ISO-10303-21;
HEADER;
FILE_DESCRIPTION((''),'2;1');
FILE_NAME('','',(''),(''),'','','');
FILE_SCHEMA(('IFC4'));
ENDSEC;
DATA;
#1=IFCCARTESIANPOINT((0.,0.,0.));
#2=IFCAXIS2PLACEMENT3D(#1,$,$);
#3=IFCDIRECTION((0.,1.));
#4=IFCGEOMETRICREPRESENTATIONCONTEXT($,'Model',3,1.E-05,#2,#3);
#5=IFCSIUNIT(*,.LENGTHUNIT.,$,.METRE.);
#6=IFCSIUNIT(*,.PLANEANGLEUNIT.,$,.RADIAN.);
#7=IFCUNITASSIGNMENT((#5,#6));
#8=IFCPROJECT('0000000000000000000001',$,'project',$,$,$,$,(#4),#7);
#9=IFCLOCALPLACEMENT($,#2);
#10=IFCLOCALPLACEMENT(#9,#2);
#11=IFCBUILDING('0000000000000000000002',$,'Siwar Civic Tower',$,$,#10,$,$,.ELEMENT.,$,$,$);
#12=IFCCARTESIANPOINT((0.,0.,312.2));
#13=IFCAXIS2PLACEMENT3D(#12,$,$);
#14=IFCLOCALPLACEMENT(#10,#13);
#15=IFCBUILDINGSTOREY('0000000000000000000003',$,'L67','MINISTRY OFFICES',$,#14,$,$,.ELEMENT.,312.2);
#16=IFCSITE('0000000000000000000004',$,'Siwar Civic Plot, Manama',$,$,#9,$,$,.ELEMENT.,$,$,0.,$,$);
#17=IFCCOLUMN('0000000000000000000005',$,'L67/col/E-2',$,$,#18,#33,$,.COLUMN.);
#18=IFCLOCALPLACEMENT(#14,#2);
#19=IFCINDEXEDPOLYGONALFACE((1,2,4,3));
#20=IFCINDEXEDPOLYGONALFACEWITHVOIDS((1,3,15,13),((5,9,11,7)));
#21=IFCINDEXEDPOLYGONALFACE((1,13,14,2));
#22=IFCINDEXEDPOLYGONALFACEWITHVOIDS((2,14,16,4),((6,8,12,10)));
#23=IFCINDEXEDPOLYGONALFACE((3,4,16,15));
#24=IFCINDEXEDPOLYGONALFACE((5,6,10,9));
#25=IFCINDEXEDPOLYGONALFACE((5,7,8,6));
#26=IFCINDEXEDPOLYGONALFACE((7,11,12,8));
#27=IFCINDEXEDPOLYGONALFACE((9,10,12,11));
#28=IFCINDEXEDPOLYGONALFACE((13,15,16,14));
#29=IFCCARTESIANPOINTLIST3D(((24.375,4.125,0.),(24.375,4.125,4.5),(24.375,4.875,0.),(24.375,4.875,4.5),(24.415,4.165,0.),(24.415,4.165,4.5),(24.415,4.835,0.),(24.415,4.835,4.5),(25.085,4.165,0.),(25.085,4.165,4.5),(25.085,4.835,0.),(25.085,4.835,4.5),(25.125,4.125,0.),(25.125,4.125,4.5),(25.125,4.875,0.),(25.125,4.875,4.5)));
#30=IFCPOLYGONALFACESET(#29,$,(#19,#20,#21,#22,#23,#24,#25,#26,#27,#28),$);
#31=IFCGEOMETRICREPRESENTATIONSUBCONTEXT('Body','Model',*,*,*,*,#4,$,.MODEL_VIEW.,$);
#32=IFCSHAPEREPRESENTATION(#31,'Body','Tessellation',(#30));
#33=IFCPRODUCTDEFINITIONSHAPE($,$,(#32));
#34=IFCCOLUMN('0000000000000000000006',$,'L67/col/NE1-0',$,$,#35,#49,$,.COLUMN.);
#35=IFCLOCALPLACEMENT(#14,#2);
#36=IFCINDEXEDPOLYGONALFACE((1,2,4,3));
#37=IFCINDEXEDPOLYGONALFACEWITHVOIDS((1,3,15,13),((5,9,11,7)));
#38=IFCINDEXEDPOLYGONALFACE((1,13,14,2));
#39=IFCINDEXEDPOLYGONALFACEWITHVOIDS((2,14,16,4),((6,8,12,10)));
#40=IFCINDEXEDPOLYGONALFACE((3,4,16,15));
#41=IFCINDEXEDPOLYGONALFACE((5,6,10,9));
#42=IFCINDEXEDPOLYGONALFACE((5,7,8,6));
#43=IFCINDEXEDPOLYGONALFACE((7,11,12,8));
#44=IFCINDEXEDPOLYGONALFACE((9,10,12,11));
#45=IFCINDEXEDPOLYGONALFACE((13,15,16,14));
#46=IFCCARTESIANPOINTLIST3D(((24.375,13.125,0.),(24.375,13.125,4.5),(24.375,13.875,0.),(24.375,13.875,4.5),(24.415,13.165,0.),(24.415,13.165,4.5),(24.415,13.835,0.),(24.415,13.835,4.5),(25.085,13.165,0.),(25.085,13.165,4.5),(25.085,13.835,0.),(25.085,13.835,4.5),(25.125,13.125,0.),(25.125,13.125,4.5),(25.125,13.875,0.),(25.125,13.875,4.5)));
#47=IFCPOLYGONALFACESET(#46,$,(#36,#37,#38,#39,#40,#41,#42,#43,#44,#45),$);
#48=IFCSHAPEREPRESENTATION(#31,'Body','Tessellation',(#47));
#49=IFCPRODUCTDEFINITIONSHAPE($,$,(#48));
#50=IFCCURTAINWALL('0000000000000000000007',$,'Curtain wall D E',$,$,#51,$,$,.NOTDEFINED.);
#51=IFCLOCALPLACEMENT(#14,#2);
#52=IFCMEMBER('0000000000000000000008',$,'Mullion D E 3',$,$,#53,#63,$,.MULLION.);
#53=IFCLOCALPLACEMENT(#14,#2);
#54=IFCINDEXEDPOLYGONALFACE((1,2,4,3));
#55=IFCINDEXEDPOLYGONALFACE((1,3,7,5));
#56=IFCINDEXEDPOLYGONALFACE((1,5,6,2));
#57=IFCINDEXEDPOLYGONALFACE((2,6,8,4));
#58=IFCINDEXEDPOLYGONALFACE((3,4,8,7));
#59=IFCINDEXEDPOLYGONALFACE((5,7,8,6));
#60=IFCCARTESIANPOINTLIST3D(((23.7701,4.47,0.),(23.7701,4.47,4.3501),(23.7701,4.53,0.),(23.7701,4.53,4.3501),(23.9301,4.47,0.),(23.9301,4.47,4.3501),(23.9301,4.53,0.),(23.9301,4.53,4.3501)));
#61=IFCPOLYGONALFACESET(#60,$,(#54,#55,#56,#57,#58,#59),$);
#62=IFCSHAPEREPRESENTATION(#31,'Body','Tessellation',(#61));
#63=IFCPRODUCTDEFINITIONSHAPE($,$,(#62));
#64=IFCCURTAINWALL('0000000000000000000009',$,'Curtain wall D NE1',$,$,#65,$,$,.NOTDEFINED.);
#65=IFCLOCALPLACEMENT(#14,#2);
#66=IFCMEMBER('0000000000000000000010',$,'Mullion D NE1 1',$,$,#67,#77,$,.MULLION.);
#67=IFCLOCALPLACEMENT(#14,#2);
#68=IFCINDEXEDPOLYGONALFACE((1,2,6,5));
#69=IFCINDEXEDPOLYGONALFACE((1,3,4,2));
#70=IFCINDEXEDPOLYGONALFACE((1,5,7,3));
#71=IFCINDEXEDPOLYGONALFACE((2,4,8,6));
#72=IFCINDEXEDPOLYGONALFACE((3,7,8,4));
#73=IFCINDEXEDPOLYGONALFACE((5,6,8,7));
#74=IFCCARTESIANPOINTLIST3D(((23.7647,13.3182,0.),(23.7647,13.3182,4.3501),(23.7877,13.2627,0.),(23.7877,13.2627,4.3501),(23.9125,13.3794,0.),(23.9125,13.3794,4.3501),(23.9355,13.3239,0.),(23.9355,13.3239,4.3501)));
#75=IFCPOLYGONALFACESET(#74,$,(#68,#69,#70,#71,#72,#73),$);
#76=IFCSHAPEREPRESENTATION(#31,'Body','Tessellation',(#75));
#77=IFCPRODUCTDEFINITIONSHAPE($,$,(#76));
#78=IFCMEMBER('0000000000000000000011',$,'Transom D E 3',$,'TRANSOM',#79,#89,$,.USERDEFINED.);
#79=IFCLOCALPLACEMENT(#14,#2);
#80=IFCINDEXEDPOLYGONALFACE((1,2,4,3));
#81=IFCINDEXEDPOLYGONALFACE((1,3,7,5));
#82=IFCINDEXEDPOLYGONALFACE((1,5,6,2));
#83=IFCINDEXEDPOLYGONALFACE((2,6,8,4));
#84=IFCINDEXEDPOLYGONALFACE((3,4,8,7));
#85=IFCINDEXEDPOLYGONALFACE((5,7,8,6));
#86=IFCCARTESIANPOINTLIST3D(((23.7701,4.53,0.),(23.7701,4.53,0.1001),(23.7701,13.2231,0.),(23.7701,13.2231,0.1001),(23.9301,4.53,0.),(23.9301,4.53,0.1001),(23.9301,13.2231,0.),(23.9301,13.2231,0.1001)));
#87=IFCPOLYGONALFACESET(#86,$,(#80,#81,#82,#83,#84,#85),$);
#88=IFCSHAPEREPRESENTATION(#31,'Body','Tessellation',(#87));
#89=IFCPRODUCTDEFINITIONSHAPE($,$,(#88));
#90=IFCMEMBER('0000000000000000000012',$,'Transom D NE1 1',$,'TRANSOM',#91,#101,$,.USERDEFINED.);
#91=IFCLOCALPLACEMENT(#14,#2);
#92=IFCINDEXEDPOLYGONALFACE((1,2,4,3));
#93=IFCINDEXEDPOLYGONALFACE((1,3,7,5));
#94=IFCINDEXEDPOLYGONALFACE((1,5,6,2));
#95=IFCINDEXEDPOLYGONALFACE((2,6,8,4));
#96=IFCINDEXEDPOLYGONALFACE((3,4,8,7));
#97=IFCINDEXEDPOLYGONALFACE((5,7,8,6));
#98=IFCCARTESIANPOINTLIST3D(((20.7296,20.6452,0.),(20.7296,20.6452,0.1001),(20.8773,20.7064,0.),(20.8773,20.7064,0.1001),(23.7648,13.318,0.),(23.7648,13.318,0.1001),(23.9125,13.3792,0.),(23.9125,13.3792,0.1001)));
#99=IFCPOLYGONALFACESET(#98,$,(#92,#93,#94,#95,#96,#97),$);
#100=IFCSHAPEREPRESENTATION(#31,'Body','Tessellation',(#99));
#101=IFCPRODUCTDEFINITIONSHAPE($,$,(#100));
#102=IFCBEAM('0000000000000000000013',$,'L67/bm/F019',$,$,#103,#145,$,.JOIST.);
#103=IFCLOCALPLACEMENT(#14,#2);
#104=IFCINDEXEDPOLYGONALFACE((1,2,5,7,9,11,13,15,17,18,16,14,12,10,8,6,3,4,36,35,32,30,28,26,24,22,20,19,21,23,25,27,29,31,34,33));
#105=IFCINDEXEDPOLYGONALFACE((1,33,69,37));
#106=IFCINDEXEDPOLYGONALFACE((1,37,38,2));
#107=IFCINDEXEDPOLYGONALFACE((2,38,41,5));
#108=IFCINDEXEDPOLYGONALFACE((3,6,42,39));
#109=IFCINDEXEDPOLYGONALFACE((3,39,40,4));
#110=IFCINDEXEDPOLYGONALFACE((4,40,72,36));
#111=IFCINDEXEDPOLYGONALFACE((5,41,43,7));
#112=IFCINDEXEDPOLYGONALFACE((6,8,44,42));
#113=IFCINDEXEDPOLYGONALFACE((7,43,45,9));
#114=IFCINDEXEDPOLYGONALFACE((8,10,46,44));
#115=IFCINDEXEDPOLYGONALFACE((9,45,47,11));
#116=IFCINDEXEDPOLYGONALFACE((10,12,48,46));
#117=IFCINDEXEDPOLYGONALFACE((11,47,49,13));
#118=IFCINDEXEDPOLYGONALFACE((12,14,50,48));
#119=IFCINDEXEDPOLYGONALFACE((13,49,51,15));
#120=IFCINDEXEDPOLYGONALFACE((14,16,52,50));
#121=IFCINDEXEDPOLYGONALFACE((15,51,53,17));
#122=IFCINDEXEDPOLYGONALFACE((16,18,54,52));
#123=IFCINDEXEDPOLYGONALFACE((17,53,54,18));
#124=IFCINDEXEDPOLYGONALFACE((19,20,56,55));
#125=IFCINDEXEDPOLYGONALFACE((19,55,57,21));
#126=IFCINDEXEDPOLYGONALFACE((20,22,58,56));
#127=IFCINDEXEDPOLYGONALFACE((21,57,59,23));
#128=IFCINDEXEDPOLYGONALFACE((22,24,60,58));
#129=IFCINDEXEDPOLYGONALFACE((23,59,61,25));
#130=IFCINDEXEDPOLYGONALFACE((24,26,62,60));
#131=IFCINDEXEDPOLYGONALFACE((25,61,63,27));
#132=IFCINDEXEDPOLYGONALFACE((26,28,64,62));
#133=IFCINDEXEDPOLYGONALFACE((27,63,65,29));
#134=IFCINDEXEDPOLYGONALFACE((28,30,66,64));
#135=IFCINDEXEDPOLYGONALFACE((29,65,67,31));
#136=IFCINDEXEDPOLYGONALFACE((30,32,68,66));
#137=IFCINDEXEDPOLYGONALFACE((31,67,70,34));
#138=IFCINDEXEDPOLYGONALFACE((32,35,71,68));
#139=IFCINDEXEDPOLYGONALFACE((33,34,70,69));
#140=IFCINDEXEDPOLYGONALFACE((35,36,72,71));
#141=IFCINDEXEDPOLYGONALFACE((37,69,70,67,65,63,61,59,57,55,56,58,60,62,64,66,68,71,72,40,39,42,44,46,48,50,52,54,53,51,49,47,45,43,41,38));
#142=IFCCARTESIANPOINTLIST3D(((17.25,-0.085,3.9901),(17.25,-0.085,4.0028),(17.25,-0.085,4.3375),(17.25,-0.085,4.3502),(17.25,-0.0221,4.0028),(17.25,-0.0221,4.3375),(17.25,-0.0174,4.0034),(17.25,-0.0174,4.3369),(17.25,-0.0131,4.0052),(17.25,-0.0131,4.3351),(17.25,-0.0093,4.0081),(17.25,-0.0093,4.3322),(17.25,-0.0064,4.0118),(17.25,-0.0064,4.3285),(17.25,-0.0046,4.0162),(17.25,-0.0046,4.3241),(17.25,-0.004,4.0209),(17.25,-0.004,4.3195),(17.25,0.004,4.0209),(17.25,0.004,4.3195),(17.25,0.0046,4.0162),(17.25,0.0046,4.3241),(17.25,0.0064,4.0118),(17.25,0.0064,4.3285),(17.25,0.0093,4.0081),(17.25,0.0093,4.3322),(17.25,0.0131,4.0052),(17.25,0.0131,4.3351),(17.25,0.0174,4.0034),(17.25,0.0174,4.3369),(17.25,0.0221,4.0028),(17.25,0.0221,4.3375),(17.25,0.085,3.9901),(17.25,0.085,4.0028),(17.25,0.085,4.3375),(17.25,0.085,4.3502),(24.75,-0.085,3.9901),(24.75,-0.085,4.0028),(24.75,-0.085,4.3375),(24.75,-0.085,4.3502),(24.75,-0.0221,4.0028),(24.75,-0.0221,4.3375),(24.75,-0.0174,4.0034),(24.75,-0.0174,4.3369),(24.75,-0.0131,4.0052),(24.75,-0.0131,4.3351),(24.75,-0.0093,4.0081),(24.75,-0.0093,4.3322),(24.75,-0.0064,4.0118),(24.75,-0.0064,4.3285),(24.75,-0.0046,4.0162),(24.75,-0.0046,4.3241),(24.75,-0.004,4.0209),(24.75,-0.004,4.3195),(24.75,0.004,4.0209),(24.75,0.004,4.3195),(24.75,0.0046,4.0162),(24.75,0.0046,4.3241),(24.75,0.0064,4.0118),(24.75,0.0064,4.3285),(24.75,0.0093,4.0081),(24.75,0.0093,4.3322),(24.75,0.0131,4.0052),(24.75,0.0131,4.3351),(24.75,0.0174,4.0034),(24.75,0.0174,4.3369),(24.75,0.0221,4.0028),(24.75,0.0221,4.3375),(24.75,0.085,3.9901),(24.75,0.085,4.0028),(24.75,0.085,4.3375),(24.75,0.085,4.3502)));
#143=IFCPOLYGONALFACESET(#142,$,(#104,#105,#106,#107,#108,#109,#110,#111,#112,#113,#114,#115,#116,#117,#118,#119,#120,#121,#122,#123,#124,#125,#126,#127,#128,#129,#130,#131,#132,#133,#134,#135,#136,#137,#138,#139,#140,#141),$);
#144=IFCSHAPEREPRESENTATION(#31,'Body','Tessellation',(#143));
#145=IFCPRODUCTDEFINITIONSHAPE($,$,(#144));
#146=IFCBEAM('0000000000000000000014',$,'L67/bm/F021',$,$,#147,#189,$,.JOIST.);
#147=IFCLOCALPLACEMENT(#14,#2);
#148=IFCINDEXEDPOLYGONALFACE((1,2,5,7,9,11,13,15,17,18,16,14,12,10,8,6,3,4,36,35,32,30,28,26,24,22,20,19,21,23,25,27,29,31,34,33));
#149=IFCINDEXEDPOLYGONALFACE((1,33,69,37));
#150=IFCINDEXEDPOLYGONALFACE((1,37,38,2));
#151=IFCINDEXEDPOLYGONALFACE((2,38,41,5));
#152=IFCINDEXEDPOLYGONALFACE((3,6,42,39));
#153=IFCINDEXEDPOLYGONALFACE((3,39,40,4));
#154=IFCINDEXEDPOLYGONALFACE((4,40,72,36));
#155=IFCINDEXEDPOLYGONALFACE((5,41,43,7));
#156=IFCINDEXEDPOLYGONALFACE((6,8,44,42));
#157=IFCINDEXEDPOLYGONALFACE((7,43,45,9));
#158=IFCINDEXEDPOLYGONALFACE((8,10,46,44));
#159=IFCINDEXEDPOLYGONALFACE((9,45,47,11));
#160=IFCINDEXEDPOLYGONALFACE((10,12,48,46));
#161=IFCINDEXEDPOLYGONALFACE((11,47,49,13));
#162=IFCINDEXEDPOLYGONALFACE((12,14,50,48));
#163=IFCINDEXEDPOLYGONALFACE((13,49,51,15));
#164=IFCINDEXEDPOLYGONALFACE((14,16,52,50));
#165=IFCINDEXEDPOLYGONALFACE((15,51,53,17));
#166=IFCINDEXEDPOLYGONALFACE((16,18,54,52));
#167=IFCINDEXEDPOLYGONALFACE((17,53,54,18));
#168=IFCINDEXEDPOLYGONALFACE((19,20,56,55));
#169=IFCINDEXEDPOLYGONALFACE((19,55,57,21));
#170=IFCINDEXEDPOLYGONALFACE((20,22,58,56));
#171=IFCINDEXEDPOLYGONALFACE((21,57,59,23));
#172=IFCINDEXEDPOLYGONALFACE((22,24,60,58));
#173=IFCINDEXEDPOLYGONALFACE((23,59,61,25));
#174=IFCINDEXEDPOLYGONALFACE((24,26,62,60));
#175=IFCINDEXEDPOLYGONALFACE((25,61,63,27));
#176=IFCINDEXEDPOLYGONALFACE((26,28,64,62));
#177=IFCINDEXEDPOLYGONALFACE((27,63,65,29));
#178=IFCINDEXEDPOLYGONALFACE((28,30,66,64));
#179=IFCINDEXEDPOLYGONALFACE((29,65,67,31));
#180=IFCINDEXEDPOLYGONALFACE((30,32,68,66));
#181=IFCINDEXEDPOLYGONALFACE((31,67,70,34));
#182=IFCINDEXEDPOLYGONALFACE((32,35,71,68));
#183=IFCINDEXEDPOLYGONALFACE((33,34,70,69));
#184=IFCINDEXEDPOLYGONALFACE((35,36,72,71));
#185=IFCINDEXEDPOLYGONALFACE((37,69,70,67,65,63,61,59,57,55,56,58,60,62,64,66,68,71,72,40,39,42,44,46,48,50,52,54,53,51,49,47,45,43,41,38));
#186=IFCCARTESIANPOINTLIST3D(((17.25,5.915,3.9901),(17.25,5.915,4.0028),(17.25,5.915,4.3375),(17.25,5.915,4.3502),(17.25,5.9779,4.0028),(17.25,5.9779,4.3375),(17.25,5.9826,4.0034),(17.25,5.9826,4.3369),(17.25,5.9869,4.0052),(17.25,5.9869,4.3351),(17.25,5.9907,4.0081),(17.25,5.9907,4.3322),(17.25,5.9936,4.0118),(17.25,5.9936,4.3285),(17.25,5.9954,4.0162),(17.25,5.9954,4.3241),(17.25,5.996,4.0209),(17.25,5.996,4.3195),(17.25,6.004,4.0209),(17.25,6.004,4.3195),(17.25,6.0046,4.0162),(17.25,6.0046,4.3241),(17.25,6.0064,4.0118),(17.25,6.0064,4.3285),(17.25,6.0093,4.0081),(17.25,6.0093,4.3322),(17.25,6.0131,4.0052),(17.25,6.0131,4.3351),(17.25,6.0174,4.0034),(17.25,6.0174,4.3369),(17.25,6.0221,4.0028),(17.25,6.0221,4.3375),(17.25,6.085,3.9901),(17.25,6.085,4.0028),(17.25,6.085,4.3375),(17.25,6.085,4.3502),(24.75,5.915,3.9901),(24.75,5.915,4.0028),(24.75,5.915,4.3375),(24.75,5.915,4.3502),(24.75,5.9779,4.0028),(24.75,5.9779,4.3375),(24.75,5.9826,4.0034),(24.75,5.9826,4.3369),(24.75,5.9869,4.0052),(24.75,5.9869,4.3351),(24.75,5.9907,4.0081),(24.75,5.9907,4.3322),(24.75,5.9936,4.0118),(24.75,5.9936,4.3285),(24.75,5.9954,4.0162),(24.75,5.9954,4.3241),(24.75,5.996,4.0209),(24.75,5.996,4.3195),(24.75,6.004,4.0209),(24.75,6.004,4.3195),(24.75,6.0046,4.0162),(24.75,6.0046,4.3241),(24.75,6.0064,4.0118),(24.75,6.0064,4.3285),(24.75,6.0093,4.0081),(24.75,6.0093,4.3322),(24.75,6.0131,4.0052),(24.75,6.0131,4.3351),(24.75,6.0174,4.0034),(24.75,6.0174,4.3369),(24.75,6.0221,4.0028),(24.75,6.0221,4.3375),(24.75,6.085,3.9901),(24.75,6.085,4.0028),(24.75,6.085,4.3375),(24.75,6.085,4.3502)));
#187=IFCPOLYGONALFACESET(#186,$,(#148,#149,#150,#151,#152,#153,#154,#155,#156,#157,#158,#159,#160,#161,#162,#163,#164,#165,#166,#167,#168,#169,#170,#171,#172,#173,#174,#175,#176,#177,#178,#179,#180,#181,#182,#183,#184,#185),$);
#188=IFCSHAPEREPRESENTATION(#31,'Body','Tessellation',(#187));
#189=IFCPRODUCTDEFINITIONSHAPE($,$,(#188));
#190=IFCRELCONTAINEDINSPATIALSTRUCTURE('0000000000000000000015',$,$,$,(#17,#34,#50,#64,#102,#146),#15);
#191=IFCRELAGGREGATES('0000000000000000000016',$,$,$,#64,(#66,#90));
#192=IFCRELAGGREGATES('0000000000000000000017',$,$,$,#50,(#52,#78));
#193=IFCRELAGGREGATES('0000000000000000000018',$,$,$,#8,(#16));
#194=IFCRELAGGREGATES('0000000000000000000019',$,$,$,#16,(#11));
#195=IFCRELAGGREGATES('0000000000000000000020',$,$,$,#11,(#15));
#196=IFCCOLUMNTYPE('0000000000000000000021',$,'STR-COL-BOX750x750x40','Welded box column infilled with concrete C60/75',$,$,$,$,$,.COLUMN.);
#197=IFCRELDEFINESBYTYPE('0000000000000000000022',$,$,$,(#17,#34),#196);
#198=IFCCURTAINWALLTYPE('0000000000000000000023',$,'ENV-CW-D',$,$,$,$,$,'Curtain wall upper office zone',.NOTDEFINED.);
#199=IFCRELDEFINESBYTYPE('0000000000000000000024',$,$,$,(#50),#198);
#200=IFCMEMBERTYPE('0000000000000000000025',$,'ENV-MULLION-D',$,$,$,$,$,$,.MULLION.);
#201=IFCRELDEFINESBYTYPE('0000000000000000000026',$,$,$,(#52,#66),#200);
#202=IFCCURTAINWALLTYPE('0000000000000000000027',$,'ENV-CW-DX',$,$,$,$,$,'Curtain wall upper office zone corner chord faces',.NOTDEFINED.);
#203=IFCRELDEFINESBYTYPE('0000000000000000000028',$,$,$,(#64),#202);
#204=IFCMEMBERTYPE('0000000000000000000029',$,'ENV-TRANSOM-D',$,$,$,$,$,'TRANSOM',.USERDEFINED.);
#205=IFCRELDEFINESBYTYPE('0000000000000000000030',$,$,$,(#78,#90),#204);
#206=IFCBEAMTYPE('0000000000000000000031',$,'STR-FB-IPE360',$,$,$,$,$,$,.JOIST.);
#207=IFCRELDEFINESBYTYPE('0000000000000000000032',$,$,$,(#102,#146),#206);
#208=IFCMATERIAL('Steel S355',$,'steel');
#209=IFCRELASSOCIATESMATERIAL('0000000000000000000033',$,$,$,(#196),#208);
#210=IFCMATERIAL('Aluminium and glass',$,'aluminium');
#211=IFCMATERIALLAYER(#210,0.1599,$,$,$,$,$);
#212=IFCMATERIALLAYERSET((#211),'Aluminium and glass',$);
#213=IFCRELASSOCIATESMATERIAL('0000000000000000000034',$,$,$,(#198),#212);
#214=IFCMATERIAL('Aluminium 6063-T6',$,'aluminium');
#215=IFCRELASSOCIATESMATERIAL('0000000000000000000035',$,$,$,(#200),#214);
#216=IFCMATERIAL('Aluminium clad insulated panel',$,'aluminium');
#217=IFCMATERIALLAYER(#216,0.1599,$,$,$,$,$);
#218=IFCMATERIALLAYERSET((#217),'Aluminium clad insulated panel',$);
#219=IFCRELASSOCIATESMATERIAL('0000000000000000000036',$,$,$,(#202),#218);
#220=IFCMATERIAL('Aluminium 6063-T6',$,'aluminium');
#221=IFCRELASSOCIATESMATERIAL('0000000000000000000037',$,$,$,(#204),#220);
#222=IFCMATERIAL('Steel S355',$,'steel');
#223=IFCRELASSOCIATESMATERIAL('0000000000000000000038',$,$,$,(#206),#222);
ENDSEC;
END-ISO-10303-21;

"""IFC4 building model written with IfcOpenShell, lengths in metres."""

from ifc_helpers import new_model, si_unit, direction, frame, origin, origin_2d, place, context, subcontext, project, spatial, rectangle, hollow_rectangle, i_section, extrude, material, layer, layer_set, material_profile, profile_set, type_object, element, aggregate, save


model = new_model("IFC4")

# Units and contexts
model_context = context("Model", 3, precision=1e-05, world=origin(), true_north=direction((0.0, 1.0)))
body_context = subcontext(model_context, "Body", "Model", "MODEL_VIEW")
ifc_project = project(units=[si_unit("LENGTHUNIT", "METRE"), si_unit("PLANEANGLEUNIT", "RADIAN")], contexts=[model_context])

# Site, building, storey
site_placement = place(None, origin())
site = spatial("IfcSite", under=ifc_project, at=site_placement, Name="Siwar Civic Plot, Manama", CompositionType="ELEMENT", RefElevation=0.0)
building_placement = place(site_placement, origin())
building = spatial("IfcBuilding", under=site, at=building_placement, Name="Siwar Civic Tower", CompositionType="ELEMENT")
storey_placement = place(building_placement, frame((0.0, 0.0, 312.2)))
storey = spatial("IfcBuildingStorey", under=building, at=storey_placement, Name="L67", Description="MINISTRY OFFICES", CompositionType="ELEMENT", Elevation=312.2)

# Columns
ifc_material_1 = material(Name="Steel S355", Category="steel")
ifc_material_profile_1 = material_profile(ifc_material_1, hollow_rectangle(XDim=0.75, YDim=0.75, WallThickness=0.04, at=origin_2d()), Name="BOX750x750x40")
ifc_profile_set_1 = profile_set([ifc_material_profile_1], Name="Steel S355")
column_type = type_object("IfcColumnType", Name="STR-COL-BOX750x750x40", Description="Welded box column infilled with concrete C60/75", PredefinedType="COLUMN", material=ifc_profile_set_1)
for number, where, z_axis, x_axis, name in (
    (1, (24.75, 4.5, 0.0), (0.0, 0.0, 1.0), (1.0, 0.0, 0.0), "L67/col/E-2"),
    (2, (24.75, 13.5, 0.0), (0.0, 0.0, 1.0), (1.0, 0.0, 0.0), "L67/col/NE1-0"),
):
    element("IfcColumn", number, at=place(storey_placement, frame(where, z_axis=z_axis, x_axis=x_axis)), inside=storey, type_object=column_type, Name=name, PredefinedType="COLUMN", context=body_context, shape_type="SweptSolid", body=[
        extrude(hollow_rectangle(XDim=0.75, YDim=0.75, WallThickness=0.04, at=origin_2d()), origin(), (0.0, 0.0, 1.0), 4.5),
    ])

# Curtain walls, members
ifc_material_2 = material(Name="Aluminium and glass", Category="aluminium")
ifc_layer_1 = layer(ifc_material_2, 0.1599)
ifc_layer_set_1 = layer_set([ifc_layer_1], Name="Aluminium and glass")
curtain_wall_type_1 = type_object("IfcCurtainWallType", Name="ENV-CW-D", ElementType="Curtain wall upper office zone", PredefinedType="NOTDEFINED", material=ifc_layer_set_1)
curtain_wall_1_placement = place(storey_placement, origin())
curtain_wall_1 = element("IfcCurtainWall", 3, at=curtain_wall_1_placement, inside=storey, type_object=curtain_wall_type_1, Name="Curtain wall D E", PredefinedType="NOTDEFINED")
ifc_material_3 = material(Name="Aluminium 6063-T6", Category="aluminium")
ifc_material_profile_2 = material_profile(ifc_material_3, rectangle(XDim=0.1599, YDim=0.0601, at=origin_2d()), Name="AL 160x60")
ifc_profile_set_2 = profile_set([ifc_material_profile_2], Name="Aluminium 6063-T6")
member_type_1 = type_object("IfcMemberType", Name="ENV-MULLION-D", PredefinedType="MULLION", material=ifc_profile_set_2)
member_1_placement = place(storey_placement, frame((23.8501, 4.5, 0.0), z_axis=(0.0, 0.0, 1.0), x_axis=(-1.0, 0.0, 0.0)))
member_1 = element("IfcMember", 4, at=member_1_placement, type_object=member_type_1, Name="Mullion D E 3", PredefinedType="MULLION", context=body_context, shape_type="SweptSolid", body=[
    extrude(rectangle(XDim=0.1599, YDim=0.0601, at=origin_2d()), origin(), (0.0, 0.0, 1.0), 4.3501),
])
ifc_material_4 = material(Name="Aluminium clad insulated panel", Category="aluminium")
ifc_layer_2 = layer(ifc_material_4, 0.1599)
ifc_layer_set_2 = layer_set([ifc_layer_2], Name="Aluminium clad insulated panel")
curtain_wall_type_2 = type_object("IfcCurtainWallType", Name="ENV-CW-DX", ElementType="Curtain wall upper office zone corner chord faces", PredefinedType="NOTDEFINED", material=ifc_layer_set_2)
curtain_wall_2_placement = place(storey_placement, origin())
curtain_wall_2 = element("IfcCurtainWall", 5, at=curtain_wall_2_placement, inside=storey, type_object=curtain_wall_type_2, Name="Curtain wall D NE1", PredefinedType="NOTDEFINED")
member_2_placement = place(storey_placement, frame((23.8501, 13.321, 0.0), z_axis=(0.0, 0.0, 1.0), x_axis=(-0.92388, -0.382683, 0.0)))
member_2 = element("IfcMember", 6, at=member_2_placement, type_object=member_type_1, Name="Mullion D NE1 1", PredefinedType="MULLION", context=body_context, shape_type="SweptSolid", body=[
    extrude(rectangle(XDim=0.1599, YDim=0.0601, at=origin_2d()), origin(), (0.0, 0.0, 1.0), 4.3501),
])

# Members
ifc_material_5 = material(Name="Aluminium 6063-T6", Category="aluminium")
ifc_material_profile_3 = material_profile(ifc_material_5, rectangle(XDim=0.1599, YDim=0.1001, at=origin_2d()), Name="AL 160x100")
ifc_profile_set_3 = profile_set([ifc_material_profile_3], Name="Aluminium 6063-T6")
member_type_2 = type_object("IfcMemberType", Name="ENV-TRANSOM-D", ElementType="TRANSOM", PredefinedType="USERDEFINED", material=ifc_profile_set_3)
member_3_placement = place(storey_placement, frame((23.8501, 4.53, 0.05), z_axis=(0.0, 1.0, 0.0), x_axis=(-1.0, 0.0, 0.0)))
member_3 = element("IfcMember", 7, at=member_3_placement, type_object=member_type_2, Name="Transom D E 3", ObjectType="TRANSOM", PredefinedType="USERDEFINED", context=body_context, shape_type="SweptSolid", body=[
    extrude(rectangle(XDim=0.1599, YDim=0.1001, at=origin_2d()), origin(), (0.0, 0.0, 1.0), 8.6931),
])
member_4_placement = place(storey_placement, frame((23.8386, 13.3486, 0.05), z_axis=(-0.3827, 0.923873, 0.0), x_axis=(-0.923873, -0.3827, 0.0)))
member_4 = element("IfcMember", 8, at=member_4_placement, type_object=member_type_2, Name="Transom D NE1 1", ObjectType="TRANSOM", PredefinedType="USERDEFINED", context=body_context, shape_type="SweptSolid", body=[
    extrude(rectangle(XDim=0.1599, YDim=0.1001, at=origin_2d()), origin(), (0.0, 0.0, 1.0), 7.9309),
])
aggregate(curtain_wall_2, [member_2, member_4])

# Beams
ifc_material_6 = material(Name="Steel S355", Category="steel")
ifc_material_profile_4 = material_profile(ifc_material_6, i_section(OverallWidth=0.1699, OverallDepth=0.3601, WebThickness=0.0081, FlangeThickness=0.0127, FilletRadius=0.0181, at=origin_2d()), Name="IPE360")
ifc_profile_set_4 = profile_set([ifc_material_profile_4], Name="Steel S355")
beam_type_1 = type_object("IfcBeamType", Name="STR-FB-IPE360", PredefinedType="JOIST", material=ifc_profile_set_4)
for number, where, z_axis, x_axis, name in (
    (9, (17.25, 0.0, 4.1702), (1.0, 0.0, 0.0), (0.0, 1.0, 0.0), "L67/bm/F019"),
    (10, (17.25, 6.0, 4.1702), (1.0, 0.0, 0.0), (0.0, 1.0, 0.0), "L67/bm/F021"),
):
    element("IfcBeam", number, at=place(storey_placement, frame(where, z_axis=z_axis, x_axis=x_axis)), inside=storey, type_object=beam_type_1, Name=name, PredefinedType="JOIST", context=body_context, shape_type="SweptSolid", body=[
        extrude(i_section(OverallWidth=0.1699, OverallDepth=0.3601, WebThickness=0.0081, FlangeThickness=0.0127, FilletRadius=0.0181, at=origin_2d()), origin(), (0.0, 0.0, 1.0), 7.5),
    ])

aggregate(curtain_wall_1, [member_1, member_3])

save(model, "model.ifc")
